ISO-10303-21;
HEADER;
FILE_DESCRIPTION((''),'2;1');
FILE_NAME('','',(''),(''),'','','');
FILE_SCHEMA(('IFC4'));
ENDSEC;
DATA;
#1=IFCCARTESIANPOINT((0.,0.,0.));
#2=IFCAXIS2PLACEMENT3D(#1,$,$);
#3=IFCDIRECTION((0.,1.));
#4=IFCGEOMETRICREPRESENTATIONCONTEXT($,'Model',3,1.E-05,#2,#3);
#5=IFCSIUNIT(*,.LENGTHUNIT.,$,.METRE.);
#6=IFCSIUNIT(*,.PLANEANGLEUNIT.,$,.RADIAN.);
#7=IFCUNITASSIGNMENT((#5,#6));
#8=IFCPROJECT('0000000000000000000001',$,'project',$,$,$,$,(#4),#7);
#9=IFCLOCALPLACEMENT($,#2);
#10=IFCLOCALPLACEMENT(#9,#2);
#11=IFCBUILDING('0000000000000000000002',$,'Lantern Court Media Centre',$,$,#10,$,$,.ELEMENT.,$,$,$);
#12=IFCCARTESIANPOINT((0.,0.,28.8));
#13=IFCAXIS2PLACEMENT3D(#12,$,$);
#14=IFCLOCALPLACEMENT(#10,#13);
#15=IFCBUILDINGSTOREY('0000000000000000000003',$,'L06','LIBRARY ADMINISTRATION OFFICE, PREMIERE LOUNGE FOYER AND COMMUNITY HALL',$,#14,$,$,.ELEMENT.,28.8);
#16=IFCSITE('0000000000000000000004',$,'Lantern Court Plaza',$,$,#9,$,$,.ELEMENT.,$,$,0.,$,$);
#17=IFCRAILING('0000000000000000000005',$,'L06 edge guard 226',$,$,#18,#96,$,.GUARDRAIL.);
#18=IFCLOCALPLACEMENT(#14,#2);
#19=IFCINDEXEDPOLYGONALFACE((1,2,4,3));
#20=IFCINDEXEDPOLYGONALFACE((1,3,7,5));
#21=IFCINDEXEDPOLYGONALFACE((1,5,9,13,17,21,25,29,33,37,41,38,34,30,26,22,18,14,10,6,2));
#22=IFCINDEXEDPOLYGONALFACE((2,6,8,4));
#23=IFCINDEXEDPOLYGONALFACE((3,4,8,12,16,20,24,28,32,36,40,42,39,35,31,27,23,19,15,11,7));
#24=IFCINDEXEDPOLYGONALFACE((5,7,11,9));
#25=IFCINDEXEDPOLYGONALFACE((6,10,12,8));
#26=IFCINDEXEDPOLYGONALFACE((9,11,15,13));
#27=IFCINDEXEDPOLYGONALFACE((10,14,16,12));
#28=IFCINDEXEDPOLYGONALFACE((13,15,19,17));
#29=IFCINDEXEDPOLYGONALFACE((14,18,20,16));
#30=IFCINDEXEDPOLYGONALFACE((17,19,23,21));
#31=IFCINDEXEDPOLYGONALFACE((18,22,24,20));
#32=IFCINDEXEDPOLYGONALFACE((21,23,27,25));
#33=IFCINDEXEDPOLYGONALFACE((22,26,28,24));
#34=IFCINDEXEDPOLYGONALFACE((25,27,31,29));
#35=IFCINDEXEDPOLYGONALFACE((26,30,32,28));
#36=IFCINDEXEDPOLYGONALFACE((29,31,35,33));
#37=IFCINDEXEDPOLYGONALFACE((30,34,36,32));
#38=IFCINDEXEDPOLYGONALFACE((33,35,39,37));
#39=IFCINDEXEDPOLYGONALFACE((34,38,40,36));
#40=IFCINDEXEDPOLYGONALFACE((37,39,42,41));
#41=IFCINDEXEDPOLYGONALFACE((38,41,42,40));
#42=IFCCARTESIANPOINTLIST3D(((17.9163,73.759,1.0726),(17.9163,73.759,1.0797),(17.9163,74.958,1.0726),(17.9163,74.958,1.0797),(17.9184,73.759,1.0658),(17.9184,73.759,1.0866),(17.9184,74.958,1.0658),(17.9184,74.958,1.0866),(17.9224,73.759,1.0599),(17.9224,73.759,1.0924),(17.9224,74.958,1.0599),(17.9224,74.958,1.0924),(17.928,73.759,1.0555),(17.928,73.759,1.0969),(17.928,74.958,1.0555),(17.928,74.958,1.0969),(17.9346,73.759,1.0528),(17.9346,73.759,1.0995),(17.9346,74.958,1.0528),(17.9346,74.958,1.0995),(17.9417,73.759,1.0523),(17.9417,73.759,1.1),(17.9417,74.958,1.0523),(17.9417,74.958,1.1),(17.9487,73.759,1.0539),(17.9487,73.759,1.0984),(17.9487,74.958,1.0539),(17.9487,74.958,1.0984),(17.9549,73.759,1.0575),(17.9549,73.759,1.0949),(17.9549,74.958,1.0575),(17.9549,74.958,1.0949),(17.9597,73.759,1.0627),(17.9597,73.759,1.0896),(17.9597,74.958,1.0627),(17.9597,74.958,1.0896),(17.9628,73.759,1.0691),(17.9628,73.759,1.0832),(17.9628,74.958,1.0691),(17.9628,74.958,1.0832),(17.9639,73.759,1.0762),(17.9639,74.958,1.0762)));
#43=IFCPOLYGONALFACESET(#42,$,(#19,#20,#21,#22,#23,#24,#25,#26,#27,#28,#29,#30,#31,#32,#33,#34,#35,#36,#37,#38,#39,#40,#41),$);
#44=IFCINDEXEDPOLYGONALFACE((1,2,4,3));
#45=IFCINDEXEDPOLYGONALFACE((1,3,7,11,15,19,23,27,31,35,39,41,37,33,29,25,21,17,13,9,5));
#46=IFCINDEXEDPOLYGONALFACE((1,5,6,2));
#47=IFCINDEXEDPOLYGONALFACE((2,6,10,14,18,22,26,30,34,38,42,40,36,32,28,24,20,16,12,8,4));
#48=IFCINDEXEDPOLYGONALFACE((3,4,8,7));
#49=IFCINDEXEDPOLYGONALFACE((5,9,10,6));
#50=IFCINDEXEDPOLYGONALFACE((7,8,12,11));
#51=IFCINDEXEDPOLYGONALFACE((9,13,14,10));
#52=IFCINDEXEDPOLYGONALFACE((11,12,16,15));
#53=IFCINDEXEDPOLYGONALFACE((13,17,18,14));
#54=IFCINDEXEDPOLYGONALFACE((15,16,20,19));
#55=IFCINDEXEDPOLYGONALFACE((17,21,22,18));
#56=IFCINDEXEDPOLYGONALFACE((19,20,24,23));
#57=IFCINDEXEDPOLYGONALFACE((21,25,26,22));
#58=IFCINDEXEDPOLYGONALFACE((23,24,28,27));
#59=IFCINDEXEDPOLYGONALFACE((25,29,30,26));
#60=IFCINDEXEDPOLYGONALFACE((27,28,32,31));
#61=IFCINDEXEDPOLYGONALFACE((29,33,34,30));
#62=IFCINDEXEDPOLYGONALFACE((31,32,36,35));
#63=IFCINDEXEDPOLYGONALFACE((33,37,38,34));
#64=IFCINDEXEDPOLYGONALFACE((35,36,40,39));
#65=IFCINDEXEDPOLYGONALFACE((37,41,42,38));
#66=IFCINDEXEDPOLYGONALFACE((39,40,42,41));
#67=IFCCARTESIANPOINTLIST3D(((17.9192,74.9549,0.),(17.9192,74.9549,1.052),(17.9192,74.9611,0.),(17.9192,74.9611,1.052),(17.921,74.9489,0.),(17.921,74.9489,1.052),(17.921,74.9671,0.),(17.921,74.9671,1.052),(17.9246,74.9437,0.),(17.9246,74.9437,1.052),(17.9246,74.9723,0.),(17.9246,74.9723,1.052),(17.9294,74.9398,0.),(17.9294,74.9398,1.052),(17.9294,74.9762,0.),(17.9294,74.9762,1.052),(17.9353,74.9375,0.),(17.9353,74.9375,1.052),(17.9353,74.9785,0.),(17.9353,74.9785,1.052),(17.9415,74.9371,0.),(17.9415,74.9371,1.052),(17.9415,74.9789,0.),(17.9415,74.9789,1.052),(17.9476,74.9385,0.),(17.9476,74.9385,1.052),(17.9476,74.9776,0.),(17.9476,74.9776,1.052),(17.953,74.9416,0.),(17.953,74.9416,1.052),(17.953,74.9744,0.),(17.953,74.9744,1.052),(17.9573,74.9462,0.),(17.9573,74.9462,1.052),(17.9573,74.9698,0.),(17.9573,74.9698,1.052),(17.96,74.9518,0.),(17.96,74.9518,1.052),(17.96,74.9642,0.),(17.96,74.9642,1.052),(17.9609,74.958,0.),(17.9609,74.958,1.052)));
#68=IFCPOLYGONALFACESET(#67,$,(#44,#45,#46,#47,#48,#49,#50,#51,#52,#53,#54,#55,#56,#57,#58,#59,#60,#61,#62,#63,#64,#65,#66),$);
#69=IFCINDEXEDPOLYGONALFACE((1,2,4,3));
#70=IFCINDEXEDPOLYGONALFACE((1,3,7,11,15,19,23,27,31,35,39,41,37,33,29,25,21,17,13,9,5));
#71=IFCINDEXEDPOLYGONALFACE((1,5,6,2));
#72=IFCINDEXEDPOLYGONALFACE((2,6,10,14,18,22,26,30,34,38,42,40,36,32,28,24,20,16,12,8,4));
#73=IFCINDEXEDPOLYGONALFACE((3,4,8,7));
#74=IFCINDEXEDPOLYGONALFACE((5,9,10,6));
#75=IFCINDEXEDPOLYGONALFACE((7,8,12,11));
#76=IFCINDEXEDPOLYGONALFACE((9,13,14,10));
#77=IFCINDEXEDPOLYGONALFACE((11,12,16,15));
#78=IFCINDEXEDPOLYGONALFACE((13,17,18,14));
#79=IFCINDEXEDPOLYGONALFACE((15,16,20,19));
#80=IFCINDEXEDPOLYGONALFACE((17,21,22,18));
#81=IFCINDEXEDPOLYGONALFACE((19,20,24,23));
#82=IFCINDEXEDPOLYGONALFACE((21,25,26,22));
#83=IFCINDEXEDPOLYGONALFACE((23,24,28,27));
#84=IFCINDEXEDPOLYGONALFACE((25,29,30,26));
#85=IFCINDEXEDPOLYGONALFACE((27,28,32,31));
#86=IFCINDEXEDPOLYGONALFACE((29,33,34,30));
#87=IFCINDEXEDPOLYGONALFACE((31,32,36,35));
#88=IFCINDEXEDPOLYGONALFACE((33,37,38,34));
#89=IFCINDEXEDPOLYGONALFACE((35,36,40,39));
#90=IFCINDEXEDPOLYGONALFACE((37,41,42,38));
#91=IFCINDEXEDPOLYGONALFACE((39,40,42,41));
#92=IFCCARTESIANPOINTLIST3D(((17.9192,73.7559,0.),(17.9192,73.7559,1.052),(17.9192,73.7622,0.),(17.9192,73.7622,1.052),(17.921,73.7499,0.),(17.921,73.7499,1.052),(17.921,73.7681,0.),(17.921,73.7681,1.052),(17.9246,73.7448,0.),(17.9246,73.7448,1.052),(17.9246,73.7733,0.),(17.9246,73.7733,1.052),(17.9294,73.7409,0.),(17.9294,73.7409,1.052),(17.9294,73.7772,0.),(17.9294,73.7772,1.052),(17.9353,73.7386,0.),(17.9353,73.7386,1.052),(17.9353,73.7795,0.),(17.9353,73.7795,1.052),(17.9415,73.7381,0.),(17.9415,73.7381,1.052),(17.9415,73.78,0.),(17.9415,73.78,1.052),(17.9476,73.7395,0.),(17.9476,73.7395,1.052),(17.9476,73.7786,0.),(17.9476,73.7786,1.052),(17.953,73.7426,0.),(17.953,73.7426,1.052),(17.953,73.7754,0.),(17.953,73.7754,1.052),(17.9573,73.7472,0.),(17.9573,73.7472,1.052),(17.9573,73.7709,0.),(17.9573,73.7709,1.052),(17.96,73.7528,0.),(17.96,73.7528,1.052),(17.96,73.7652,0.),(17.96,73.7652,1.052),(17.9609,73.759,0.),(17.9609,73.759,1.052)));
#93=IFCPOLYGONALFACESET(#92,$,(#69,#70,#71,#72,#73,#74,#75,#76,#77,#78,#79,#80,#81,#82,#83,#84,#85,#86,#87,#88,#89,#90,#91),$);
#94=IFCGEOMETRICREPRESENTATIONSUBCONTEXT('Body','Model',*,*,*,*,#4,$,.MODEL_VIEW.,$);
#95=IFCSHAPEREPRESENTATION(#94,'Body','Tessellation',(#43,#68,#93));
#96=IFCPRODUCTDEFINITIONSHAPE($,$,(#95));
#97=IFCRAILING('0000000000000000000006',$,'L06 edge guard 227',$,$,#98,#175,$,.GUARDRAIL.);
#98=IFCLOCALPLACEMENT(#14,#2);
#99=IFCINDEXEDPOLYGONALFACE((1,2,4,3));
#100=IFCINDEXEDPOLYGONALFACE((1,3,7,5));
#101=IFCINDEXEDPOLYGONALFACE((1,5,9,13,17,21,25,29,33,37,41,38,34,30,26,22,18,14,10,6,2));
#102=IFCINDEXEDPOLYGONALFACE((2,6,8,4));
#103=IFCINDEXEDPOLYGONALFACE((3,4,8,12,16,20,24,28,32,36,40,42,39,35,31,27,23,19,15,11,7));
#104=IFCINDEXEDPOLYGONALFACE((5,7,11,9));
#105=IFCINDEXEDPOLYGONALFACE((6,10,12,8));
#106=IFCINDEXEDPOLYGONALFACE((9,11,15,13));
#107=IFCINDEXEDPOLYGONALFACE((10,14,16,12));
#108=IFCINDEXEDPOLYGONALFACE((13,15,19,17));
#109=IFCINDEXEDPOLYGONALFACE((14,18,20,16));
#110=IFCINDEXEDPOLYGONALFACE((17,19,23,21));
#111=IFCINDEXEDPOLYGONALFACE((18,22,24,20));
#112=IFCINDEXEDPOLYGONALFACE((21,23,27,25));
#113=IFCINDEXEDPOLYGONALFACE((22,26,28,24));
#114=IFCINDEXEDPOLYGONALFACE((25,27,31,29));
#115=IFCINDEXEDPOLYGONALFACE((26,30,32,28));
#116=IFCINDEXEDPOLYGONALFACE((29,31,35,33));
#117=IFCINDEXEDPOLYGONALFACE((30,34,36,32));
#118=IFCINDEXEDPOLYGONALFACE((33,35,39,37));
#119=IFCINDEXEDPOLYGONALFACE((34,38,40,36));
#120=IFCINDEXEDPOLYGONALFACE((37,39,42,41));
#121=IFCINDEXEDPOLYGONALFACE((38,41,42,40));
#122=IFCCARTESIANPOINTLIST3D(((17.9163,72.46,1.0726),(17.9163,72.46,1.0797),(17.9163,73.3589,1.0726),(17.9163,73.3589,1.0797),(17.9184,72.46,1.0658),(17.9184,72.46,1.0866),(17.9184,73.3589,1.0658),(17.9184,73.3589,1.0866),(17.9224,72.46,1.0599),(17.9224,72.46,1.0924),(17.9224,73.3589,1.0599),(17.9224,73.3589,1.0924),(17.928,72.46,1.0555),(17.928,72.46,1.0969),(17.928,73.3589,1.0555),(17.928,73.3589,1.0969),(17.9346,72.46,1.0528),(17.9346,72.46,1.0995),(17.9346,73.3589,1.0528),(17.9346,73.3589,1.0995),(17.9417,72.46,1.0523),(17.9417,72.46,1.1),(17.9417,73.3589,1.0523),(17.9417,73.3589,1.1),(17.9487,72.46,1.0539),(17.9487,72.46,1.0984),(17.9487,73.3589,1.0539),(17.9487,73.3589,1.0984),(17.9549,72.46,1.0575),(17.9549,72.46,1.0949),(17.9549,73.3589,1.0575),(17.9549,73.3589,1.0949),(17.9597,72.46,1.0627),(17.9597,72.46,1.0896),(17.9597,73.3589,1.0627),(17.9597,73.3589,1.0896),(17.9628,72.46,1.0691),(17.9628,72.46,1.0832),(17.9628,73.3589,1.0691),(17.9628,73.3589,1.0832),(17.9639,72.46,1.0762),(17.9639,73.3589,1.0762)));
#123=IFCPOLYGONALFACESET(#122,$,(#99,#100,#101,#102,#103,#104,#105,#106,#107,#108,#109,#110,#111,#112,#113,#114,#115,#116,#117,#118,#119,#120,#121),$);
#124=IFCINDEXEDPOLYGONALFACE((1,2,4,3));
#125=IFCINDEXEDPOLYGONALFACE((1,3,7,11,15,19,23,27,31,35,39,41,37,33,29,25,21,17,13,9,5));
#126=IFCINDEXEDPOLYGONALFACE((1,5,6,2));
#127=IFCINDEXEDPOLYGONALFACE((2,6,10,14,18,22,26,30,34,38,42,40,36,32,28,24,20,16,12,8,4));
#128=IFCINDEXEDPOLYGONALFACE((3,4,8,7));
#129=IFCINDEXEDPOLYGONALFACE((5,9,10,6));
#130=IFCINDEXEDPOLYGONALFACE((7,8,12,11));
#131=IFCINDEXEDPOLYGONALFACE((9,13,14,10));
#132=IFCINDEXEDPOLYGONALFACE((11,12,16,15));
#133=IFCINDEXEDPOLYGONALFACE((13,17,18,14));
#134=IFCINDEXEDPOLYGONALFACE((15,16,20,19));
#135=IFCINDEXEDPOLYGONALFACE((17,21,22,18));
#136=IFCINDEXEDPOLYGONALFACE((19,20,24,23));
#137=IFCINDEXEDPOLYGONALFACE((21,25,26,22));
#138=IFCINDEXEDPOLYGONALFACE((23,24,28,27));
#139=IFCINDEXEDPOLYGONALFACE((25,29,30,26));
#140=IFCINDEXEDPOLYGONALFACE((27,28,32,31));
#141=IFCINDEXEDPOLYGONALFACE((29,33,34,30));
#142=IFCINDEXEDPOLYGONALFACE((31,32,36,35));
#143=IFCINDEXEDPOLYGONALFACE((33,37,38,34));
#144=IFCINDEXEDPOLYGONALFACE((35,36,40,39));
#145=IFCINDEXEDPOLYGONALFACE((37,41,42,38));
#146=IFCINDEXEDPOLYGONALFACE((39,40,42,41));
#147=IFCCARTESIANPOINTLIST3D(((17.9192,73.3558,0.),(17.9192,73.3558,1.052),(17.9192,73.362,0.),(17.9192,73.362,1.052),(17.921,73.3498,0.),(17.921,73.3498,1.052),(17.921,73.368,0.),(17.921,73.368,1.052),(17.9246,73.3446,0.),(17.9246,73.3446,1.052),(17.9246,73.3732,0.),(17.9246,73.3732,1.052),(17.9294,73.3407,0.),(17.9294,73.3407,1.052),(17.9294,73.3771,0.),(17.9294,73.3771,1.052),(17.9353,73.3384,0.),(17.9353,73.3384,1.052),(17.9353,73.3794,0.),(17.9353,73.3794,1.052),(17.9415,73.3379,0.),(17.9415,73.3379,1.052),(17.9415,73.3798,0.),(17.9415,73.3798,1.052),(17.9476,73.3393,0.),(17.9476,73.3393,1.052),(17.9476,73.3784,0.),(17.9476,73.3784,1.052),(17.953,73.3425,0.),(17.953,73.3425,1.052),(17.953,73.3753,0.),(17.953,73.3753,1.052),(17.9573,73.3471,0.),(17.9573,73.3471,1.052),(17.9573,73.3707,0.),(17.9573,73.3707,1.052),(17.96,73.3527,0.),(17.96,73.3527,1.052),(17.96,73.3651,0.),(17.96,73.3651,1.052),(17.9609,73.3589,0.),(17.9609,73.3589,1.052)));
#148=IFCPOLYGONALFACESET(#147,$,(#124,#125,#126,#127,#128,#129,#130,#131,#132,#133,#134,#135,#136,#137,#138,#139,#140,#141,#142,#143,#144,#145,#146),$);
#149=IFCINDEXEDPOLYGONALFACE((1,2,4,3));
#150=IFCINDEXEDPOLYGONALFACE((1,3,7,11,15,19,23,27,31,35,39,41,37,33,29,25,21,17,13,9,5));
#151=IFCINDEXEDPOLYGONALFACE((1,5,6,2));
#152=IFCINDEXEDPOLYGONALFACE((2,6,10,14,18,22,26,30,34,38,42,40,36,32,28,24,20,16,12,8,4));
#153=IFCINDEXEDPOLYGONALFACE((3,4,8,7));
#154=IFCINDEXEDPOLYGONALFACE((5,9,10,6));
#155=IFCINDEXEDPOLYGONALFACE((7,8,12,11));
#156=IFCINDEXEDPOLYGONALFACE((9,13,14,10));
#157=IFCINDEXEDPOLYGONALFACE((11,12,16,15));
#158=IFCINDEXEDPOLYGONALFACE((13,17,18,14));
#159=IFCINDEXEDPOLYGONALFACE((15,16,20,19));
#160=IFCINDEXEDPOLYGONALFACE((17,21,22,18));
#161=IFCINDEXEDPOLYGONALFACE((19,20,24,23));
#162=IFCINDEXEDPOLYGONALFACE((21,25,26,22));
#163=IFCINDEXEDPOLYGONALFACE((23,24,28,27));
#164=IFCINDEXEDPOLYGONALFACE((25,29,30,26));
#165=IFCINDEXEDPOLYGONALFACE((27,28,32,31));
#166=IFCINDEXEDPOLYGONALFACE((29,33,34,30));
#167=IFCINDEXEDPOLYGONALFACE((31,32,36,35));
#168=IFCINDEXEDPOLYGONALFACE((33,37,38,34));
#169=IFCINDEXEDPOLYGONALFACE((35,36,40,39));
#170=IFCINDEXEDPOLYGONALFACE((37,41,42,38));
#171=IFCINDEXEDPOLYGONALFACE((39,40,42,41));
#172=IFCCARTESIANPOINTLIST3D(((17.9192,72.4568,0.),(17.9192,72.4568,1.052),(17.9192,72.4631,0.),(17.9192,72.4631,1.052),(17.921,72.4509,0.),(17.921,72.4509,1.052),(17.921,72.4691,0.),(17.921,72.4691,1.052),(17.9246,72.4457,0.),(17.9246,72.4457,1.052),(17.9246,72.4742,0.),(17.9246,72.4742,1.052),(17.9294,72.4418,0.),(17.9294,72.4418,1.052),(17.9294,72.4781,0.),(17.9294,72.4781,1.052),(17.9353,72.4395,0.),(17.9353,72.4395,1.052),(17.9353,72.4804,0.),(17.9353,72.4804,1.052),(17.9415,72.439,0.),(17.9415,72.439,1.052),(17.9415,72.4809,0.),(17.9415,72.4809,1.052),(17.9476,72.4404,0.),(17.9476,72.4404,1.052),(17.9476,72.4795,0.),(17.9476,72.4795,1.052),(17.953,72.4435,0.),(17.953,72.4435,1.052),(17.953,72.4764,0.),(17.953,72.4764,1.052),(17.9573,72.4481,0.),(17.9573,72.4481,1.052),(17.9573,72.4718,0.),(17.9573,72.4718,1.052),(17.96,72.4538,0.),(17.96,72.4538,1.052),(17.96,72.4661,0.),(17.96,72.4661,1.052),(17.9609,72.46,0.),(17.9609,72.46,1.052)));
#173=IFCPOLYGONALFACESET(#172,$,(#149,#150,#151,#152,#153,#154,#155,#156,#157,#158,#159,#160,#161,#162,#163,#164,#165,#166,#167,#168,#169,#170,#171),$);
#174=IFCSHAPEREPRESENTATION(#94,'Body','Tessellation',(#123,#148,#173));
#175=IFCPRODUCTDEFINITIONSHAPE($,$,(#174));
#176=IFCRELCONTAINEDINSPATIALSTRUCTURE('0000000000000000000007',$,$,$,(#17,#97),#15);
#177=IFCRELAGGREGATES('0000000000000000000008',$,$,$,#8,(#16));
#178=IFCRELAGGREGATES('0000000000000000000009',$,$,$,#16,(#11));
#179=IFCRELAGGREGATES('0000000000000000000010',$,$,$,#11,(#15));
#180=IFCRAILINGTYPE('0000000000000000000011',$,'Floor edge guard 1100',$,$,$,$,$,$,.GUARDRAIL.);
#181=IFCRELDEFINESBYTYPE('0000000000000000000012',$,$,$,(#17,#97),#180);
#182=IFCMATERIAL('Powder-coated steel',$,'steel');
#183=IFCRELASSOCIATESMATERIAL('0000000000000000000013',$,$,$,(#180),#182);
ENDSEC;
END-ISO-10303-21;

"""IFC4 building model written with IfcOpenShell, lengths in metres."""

from ifc_helpers import new_model, si_unit, direction, frame, origin, origin_2d, place, context, subcontext, project, spatial, circle, extrude, material, type_object, element, save


model = new_model("IFC4")

# Units and contexts
model_context = context("Model", 3, precision=1e-05, world=origin(), true_north=direction((0.0, 1.0)))
body_context = subcontext(model_context, "Body", "Model", "MODEL_VIEW")
ifc_project = project(units=[si_unit("LENGTHUNIT", "METRE"), si_unit("PLANEANGLEUNIT", "RADIAN")], contexts=[model_context])

# Site, building, storey
site_placement = place(None, origin())
site = spatial("IfcSite", under=ifc_project, at=site_placement, Name="Lantern Court Plaza", CompositionType="ELEMENT", RefElevation=0.0)
building_placement = place(site_placement, origin())
building = spatial("IfcBuilding", under=site, at=building_placement, Name="Lantern Court Media Centre", CompositionType="ELEMENT")
storey_placement = place(building_placement, frame((0.0, 0.0, 28.8)))
storey = spatial("IfcBuildingStorey", under=building, at=storey_placement, Name="L06", Description="LIBRARY ADMINISTRATION OFFICE, PREMIERE LOUNGE FOYER AND COMMUNITY HALL", CompositionType="ELEMENT", Elevation=28.8)

# Railings
ifc_material_1 = material(Name="Powder-coated steel", Category="steel")
railing_type = type_object("IfcRailingType", Name="Floor edge guard 1100", PredefinedType="GUARDRAIL", material=ifc_material_1)
railing_1_placement = place(storey_placement, frame((17.9399, 74.958, 0.0)))
element("IfcRailing", 1, at=railing_1_placement, inside=storey, type_object=railing_type, Name="L06 edge guard 226", PredefinedType="GUARDRAIL", context=body_context, shape_type="SweptSolid", body=[
    extrude(circle(Radius=0.0239, at=origin_2d()), frame((0.0, 0.0, 1.0762), z_axis=(0.0, -1.0, 0.0), x_axis=(1.0, 0.0, 0.0)), (0.0, 0.0, 1.0), 1.199),
    extrude(circle(Radius=0.021, at=origin_2d()), origin(), (0.0, 0.0, 1.0), 1.052),
    extrude(circle(Radius=0.021, at=origin_2d()), frame((0.0, -1.199, 0.0)), (0.0, 0.0, 1.0), 1.052),
])
railing_2_placement = place(storey_placement, frame((17.9399, 73.3589, 0.0)))
element("IfcRailing", 2, at=railing_2_placement, inside=storey, type_object=railing_type, Name="L06 edge guard 227", PredefinedType="GUARDRAIL", context=body_context, shape_type="SweptSolid", body=[
    extrude(circle(Radius=0.0239, at=origin_2d()), frame((0.0, 0.0, 1.0762), z_axis=(0.0, -1.0, 0.0), x_axis=(1.0, 0.0, 0.0)), (0.0, 0.0, 1.0), 0.8989),
    extrude(circle(Radius=0.021, at=origin_2d()), origin(), (0.0, 0.0, 1.0), 1.052),
    extrude(circle(Radius=0.021, at=origin_2d()), frame((0.0, -0.8989, 0.0)), (0.0, 0.0, 1.0), 1.052),
])

save(model, "model.ifc")
